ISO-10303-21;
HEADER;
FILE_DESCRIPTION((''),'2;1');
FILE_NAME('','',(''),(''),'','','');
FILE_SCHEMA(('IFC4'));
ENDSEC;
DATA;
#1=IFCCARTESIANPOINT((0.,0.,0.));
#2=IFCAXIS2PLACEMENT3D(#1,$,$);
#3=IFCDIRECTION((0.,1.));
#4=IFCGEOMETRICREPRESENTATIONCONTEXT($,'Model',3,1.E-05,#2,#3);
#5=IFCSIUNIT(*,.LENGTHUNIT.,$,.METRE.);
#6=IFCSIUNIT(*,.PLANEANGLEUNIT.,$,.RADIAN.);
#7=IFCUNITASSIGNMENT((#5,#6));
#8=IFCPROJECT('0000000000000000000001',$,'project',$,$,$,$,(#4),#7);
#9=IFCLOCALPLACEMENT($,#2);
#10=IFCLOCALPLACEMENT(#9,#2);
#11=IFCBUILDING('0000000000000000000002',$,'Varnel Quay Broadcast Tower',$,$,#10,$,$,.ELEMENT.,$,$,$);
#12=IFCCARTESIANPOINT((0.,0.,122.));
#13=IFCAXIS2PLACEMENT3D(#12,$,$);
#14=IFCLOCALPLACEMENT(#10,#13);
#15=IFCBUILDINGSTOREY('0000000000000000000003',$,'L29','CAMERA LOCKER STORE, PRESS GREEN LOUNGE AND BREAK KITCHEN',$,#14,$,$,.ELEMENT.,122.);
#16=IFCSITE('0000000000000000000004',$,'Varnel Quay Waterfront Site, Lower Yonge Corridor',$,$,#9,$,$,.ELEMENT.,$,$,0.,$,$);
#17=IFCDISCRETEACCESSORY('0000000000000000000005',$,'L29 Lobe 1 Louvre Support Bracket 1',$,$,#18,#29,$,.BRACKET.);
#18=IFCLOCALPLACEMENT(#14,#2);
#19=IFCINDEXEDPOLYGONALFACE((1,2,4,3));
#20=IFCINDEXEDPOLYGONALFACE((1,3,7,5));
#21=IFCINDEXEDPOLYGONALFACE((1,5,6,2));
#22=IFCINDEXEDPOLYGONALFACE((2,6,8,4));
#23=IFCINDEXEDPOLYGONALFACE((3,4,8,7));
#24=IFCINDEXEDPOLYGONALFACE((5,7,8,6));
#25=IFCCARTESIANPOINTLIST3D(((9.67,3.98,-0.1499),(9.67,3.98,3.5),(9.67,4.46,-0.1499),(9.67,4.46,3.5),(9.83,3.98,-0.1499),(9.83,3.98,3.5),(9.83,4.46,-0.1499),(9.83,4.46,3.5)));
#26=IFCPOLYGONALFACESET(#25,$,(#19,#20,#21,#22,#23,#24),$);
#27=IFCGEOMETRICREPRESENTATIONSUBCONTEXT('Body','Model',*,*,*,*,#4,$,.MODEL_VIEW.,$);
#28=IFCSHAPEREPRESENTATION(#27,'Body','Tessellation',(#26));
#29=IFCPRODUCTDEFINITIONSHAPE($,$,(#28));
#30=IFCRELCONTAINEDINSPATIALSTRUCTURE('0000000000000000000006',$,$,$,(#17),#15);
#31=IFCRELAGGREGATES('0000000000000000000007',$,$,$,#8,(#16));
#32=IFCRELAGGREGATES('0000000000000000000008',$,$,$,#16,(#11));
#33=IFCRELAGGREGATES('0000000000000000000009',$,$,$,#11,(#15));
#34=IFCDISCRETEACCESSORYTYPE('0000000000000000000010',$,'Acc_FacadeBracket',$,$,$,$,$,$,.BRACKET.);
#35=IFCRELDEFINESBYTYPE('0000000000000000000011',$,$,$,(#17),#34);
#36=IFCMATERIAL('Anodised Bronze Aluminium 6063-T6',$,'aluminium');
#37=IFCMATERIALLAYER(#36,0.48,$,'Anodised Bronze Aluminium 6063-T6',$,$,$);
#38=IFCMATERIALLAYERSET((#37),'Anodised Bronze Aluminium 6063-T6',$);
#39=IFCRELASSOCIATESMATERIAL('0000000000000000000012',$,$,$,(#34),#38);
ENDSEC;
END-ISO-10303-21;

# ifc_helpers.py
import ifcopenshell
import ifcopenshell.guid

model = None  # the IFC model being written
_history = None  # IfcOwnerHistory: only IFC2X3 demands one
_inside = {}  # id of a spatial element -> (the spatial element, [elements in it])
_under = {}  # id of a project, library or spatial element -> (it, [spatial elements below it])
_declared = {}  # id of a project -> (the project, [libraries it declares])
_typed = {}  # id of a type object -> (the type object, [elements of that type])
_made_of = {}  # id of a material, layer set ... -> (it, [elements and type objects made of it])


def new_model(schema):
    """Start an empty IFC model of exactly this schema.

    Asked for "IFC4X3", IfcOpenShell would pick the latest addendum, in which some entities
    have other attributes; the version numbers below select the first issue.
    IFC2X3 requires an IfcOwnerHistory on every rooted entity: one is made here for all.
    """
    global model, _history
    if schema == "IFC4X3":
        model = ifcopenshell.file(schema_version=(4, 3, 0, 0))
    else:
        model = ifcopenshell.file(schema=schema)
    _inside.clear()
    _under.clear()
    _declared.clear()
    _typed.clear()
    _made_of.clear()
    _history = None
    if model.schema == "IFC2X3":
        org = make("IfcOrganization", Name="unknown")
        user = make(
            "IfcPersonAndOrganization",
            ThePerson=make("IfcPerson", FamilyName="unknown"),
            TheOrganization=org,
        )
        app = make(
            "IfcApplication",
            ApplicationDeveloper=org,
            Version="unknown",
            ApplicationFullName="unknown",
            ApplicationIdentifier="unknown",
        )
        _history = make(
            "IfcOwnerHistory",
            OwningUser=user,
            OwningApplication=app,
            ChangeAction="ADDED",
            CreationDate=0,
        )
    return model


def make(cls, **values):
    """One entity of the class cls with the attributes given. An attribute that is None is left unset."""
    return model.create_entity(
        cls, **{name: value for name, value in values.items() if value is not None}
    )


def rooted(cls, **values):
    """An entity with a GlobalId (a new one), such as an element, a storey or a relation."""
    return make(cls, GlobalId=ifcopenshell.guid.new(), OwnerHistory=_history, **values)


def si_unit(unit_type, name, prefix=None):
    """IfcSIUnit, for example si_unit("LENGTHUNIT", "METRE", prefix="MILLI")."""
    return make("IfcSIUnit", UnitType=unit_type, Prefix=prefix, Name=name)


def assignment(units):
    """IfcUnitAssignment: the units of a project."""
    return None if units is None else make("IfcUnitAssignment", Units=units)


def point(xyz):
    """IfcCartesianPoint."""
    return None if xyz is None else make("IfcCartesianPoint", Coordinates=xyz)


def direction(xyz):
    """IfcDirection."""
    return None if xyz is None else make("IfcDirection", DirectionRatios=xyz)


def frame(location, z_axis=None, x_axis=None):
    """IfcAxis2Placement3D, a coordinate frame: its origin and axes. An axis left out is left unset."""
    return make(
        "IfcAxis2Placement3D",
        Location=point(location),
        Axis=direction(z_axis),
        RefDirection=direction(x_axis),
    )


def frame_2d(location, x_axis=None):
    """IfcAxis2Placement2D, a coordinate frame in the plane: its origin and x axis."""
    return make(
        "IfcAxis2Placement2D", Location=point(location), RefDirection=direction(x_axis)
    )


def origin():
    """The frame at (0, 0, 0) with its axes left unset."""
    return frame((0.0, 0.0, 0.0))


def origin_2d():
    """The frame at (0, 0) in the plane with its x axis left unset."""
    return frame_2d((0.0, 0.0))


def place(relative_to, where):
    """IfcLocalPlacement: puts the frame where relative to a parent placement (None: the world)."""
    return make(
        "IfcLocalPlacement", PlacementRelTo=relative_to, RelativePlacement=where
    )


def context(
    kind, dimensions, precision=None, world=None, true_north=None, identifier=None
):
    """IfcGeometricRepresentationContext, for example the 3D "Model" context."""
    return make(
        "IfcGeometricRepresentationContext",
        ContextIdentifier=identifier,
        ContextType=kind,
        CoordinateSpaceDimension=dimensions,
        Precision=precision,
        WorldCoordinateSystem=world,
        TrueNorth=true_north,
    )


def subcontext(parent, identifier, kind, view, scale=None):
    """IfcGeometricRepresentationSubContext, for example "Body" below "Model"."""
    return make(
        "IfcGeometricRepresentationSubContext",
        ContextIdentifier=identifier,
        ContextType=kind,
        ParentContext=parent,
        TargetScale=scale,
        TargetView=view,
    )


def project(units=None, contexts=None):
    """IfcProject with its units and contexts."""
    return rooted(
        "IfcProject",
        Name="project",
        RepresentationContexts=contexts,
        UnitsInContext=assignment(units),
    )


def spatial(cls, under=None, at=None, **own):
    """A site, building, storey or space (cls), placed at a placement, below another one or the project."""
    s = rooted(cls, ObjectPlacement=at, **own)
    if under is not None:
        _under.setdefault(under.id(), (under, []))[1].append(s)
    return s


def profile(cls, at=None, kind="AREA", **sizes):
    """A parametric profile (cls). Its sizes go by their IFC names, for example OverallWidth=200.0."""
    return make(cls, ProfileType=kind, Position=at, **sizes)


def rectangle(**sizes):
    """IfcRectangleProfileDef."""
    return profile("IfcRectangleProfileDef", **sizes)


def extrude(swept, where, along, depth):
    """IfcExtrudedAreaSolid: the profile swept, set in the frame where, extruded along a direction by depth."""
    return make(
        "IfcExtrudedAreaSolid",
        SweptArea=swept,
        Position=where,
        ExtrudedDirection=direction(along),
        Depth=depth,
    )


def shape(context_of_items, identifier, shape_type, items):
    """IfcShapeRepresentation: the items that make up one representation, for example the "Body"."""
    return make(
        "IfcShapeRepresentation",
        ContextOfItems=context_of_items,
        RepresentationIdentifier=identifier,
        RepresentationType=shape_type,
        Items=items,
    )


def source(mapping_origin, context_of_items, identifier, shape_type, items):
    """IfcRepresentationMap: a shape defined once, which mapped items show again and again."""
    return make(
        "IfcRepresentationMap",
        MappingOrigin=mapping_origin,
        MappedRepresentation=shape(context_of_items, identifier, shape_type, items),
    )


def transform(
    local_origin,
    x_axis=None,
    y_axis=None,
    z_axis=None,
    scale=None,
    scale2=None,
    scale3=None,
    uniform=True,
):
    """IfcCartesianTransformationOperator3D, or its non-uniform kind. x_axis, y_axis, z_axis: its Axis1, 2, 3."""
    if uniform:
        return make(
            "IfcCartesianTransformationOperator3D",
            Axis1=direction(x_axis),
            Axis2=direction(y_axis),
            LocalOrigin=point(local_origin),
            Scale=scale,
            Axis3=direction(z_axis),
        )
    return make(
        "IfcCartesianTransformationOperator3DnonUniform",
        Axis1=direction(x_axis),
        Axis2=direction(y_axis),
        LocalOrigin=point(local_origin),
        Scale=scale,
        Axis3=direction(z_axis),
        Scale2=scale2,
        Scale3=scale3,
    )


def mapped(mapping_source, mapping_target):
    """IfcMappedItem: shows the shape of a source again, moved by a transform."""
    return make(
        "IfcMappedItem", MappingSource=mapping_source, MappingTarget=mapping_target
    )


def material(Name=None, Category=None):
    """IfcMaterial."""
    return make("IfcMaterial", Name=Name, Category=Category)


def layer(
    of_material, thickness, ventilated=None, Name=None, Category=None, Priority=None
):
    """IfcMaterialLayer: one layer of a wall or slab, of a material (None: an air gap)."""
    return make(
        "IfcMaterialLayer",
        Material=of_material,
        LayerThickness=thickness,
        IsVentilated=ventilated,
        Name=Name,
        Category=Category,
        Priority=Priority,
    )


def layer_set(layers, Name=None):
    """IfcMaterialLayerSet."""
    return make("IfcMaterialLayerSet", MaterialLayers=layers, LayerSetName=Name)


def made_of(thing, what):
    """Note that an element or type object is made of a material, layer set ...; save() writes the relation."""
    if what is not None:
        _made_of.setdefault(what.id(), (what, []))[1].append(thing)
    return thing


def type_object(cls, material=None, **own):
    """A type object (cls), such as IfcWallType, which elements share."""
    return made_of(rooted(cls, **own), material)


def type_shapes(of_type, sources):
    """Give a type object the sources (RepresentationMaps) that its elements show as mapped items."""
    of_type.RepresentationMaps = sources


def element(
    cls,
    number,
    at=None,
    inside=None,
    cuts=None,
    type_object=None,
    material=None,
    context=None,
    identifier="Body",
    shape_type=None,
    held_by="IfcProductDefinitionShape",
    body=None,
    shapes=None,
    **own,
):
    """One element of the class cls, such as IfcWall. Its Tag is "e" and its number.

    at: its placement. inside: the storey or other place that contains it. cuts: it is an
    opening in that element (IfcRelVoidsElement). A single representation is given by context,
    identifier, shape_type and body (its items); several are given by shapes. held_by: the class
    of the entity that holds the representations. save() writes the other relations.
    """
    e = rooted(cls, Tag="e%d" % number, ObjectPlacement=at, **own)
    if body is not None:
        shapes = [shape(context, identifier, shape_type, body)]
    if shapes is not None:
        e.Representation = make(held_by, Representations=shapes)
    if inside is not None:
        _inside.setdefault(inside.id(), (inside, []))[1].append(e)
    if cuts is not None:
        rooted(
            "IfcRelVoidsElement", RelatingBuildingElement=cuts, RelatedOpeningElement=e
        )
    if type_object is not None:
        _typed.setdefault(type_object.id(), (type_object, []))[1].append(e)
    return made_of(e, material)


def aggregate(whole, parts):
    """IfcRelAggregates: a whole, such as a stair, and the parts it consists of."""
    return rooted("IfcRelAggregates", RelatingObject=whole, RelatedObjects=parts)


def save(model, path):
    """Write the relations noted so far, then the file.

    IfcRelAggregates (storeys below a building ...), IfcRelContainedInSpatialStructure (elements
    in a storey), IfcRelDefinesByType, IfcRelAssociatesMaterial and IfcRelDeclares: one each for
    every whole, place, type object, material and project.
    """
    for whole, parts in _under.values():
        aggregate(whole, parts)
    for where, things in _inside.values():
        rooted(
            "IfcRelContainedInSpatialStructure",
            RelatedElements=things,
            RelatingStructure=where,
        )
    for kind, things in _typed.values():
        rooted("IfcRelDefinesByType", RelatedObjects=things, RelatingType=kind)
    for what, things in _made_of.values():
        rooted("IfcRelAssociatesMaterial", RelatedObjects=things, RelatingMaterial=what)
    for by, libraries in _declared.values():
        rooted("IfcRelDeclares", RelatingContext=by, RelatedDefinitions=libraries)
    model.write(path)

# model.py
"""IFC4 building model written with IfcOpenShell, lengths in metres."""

from ifc_helpers import new_model, si_unit, direction, frame, origin, origin_2d, place, context, subcontext, project, spatial, rectangle, extrude, source, transform, mapped, material, layer, layer_set, type_object, type_shapes, element, save


model = new_model("IFC4")

# Units and contexts
model_context = context("Model", 3, precision=1e-05, world=origin(), true_north=direction((0.0, 1.0)))
body_context = subcontext(model_context, "Body", "Model", "MODEL_VIEW")
ifc_project = project(units=[si_unit("LENGTHUNIT", "METRE"), si_unit("PLANEANGLEUNIT", "RADIAN")], contexts=[model_context])

# Site, building, storey
site_placement = place(None, origin())
site = spatial("IfcSite", under=ifc_project, at=site_placement, Name="Varnel Quay Waterfront Site, Lower Yonge Corridor", CompositionType="ELEMENT", RefElevation=0.0)
building_placement = place(site_placement, origin())
building = spatial("IfcBuilding", under=site, at=building_placement, Name="Varnel Quay Broadcast Tower", CompositionType="ELEMENT")
storey_placement = place(building_placement, frame((0.0, 0.0, 122.0)))
storey = spatial("IfcBuildingStorey", under=building, at=storey_placement, Name="L29", Description="CAMERA LOCKER STORE, PRESS GREEN LOUNGE AND BREAK KITCHEN", CompositionType="ELEMENT", Elevation=122.0)

# Shared definitions
ifc_material_1 = material(Name="Anodised Bronze Aluminium 6063-T6", Category="aluminium")

# Discrete accessory
ifc_layer_1 = layer(ifc_material_1, 0.48, Name="Anodised Bronze Aluminium 6063-T6")
ifc_layer_set_1 = layer_set([ifc_layer_1], Name="Anodised Bronze Aluminium 6063-T6")
discrete_accessory_type = type_object("IfcDiscreteAccessoryType", Name="Acc_FacadeBracket", PredefinedType="BRACKET", material=ifc_layer_set_1)
shared_shape_1 = source(origin(), body_context, "Body", "SweptSolid", [
    extrude(rectangle(XDim=0.1599, YDim=0.48, at=origin_2d()), origin(), (0.0, 0.0, 1.0), 3.6499),
])
type_shapes(discrete_accessory_type, [shared_shape_1])
discrete_accessory_placement = place(storey_placement, frame((9.75, 4.22, -0.1499), z_axis=(0.0, 0.0, 1.0), x_axis=(1.0, 0.0, 0.0)))
element("IfcDiscreteAccessory", 1, at=discrete_accessory_placement, inside=storey, type_object=discrete_accessory_type, Name="L29 Lobe 1 Louvre Support Bracket 1", PredefinedType="BRACKET", context=body_context, shape_type="MappedRepresentation", body=[
    mapped(shared_shape_1, transform((0.0, 0.0, 0.0), x_axis=(1.0, 0.0, 0.0), y_axis=(0.0, 1.0, 0.0), z_axis=(0.0, 0.0, 1.0), scale=1.0)),
])

save(model, "model.ifc")
